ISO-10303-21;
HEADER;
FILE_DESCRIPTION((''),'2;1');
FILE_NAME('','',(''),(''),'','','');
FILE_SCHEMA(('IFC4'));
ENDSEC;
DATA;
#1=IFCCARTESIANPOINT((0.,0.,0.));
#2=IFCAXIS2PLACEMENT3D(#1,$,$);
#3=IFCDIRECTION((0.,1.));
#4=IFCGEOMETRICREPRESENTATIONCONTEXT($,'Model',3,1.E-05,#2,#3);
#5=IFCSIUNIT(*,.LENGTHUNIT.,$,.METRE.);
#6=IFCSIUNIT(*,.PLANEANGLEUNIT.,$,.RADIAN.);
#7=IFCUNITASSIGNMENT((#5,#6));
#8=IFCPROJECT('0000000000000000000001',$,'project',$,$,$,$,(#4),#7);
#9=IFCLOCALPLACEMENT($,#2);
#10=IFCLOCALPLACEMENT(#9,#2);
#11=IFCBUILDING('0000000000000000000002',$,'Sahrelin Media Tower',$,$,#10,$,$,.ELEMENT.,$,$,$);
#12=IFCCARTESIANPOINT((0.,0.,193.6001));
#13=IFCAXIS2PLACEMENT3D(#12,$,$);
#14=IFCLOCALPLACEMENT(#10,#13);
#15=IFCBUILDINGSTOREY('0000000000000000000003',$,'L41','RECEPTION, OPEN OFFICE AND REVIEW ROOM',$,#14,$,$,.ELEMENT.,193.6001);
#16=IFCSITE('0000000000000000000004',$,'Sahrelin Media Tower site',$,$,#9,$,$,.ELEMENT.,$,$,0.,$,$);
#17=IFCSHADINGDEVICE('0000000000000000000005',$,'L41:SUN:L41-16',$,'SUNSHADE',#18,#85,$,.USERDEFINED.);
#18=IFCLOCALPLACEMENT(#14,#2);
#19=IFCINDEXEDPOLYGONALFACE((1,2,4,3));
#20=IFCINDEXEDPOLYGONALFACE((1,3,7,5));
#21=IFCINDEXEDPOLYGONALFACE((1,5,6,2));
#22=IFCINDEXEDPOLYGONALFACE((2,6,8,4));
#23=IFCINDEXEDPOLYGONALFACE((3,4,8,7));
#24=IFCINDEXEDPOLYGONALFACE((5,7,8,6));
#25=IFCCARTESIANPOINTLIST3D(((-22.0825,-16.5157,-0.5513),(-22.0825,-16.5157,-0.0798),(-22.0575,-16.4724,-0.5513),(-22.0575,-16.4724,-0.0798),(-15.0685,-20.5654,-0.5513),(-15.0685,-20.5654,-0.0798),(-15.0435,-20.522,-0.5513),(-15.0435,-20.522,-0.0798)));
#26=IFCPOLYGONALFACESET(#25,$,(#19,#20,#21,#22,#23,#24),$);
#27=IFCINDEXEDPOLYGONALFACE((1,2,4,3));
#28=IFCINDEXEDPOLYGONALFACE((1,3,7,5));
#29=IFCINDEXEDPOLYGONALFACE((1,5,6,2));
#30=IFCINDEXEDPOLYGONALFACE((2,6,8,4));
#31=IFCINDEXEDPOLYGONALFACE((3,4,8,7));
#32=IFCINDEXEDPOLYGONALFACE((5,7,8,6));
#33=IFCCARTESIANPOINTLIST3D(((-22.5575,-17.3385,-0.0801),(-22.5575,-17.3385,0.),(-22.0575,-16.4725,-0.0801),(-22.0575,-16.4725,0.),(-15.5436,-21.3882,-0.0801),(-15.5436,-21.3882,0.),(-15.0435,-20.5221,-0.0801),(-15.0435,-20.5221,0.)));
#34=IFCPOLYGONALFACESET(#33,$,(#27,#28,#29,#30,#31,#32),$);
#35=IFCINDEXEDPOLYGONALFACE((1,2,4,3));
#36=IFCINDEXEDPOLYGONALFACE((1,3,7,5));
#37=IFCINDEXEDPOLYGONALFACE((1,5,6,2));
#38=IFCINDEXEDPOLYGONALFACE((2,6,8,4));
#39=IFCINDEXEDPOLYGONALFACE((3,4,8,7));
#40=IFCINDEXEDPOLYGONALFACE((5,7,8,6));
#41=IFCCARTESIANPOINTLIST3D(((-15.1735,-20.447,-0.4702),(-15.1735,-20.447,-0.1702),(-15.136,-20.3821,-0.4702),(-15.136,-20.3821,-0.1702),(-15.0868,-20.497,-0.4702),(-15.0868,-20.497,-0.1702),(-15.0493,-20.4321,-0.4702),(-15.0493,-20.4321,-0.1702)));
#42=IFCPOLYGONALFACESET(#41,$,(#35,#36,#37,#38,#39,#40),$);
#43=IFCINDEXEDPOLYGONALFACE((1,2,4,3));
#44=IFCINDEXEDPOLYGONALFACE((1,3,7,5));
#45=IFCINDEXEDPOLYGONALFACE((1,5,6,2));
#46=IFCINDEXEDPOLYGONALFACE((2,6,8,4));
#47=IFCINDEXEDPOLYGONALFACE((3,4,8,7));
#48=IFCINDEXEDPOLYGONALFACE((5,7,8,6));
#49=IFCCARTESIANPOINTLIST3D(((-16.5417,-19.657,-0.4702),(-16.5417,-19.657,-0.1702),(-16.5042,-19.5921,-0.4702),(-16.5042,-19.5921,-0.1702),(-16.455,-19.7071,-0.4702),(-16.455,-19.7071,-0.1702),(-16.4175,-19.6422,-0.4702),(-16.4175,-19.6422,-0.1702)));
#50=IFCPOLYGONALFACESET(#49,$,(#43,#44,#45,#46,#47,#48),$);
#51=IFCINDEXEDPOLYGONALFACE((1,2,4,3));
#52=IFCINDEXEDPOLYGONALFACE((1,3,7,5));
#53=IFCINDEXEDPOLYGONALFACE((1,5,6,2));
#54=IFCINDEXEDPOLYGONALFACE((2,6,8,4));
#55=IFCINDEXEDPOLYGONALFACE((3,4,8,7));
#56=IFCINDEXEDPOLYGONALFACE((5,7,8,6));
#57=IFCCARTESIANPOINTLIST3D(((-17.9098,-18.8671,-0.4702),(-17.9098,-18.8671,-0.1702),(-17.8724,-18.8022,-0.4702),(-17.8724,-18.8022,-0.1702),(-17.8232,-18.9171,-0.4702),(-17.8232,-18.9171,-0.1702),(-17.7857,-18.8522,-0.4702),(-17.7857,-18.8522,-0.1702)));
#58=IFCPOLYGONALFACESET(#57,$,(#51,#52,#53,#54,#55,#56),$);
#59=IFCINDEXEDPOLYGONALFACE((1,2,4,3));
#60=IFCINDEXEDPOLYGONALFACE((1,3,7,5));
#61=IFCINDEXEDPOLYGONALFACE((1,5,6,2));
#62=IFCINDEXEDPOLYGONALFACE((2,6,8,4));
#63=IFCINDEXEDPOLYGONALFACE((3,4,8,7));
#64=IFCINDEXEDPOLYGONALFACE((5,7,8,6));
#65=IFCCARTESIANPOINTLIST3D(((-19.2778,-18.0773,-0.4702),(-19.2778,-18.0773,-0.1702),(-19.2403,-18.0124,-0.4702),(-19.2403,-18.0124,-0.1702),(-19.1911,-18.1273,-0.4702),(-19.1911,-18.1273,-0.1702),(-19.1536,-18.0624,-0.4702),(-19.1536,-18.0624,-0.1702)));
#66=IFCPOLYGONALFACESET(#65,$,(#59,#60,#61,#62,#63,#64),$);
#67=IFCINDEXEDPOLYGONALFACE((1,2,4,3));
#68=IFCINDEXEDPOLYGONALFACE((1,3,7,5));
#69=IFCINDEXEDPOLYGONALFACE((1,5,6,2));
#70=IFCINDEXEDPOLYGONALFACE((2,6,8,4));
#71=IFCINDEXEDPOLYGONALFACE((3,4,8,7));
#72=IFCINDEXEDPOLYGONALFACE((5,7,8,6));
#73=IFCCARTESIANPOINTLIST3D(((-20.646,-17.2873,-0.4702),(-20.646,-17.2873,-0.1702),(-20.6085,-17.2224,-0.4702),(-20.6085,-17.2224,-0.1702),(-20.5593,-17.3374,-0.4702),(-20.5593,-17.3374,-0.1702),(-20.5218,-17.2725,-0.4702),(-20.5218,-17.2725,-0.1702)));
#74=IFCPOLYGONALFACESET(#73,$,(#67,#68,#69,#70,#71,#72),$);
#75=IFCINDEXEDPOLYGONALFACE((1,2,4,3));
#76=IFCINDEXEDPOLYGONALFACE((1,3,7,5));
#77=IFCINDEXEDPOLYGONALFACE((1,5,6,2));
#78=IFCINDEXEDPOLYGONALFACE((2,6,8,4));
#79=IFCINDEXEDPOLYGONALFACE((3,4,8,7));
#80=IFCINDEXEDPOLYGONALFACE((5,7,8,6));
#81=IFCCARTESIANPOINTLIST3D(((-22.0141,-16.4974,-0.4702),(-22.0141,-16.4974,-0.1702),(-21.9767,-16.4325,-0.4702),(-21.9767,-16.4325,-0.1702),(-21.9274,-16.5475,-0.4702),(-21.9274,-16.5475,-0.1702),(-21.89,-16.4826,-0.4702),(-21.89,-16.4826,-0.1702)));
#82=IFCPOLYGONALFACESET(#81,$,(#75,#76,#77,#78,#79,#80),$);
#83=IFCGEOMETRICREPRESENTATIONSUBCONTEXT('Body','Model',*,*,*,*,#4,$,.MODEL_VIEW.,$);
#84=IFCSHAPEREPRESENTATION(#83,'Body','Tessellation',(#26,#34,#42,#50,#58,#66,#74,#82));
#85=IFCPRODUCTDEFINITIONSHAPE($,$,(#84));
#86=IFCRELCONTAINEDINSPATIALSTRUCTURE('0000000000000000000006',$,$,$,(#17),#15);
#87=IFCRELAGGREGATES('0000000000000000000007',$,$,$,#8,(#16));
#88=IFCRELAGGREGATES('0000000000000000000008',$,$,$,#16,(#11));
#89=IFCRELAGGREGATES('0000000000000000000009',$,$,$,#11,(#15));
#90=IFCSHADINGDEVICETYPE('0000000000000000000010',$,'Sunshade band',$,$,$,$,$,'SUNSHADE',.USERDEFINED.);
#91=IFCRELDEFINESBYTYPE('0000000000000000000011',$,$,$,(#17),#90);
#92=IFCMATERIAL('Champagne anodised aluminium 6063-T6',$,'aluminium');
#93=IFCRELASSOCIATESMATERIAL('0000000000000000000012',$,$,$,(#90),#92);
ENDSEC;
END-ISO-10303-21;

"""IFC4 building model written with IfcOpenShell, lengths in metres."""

from ifc_helpers import new_model, si_unit, direction, frame, origin, origin_2d, place, context, subcontext, project, spatial, rectangle, extrude, material, type_object, element, save


model = new_model("IFC4")

# Units and contexts
model_context = context("Model", 3, precision=1e-05, world=origin(), true_north=direction((0.0, 1.0)))
body_context = subcontext(model_context, "Body", "Model", "MODEL_VIEW")
ifc_project = project(units=[si_unit("LENGTHUNIT", "METRE"), si_unit("PLANEANGLEUNIT", "RADIAN")], contexts=[model_context])

# Site, building, storey
site_placement = place(None, origin())
site = spatial("IfcSite", under=ifc_project, at=site_placement, Name="Sahrelin Media Tower site", CompositionType="ELEMENT", RefElevation=0.0)
building_placement = place(site_placement, origin())
building = spatial("IfcBuilding", under=site, at=building_placement, Name="Sahrelin Media Tower", CompositionType="ELEMENT")
storey_placement = place(building_placement, frame((0.0, 0.0, 193.6001)))
storey = spatial("IfcBuildingStorey", under=building, at=storey_placement, Name="L41", Description="RECEPTION, OPEN OFFICE AND REVIEW ROOM", CompositionType="ELEMENT", Elevation=193.6001)

# Shared definitions
ifc_material_1 = material(Name="Champagne anodised aluminium 6063-T6", Category="aluminium")

# Shading device
placement_1 = place(storey_placement, frame((-18.5405, -18.48, 0.0), z_axis=(0.0, 0.0, 1.0), x_axis=(-0.866019, 0.500011, 0.0)))
shading_device_type_1 = type_object("IfcShadingDeviceType", Name="Sunshade band", ElementType="SUNSHADE", PredefinedType="USERDEFINED", material=ifc_material_1)
element("IfcShadingDevice", 1, at=placement_1, inside=storey, type_object=shading_device_type_1, Name="L41:SUN:L41-16", ObjectType="SUNSHADE", PredefinedType="USERDEFINED", context=body_context, shape_type="SweptSolid", body=[
    extrude(rectangle(XDim=8.0991, YDim=0.05, at=origin_2d()), frame((0.0, 0.0449, -0.5513)), (0.0, 0.0, 1.0), 0.4714),
    extrude(rectangle(XDim=8.0991, YDim=1.0, at=origin_2d()), frame((0.0, 0.52, -0.0801)), (0.0, 0.0, 1.0), 0.0801),
    extrude(rectangle(XDim=0.1001, YDim=0.075, at=origin_2d()), frame((-3.9495, -0.0176, -0.4702)), (0.0, 0.0, 1.0), 0.3),
    extrude(rectangle(XDim=0.1001, YDim=0.075, at=origin_2d()), frame((-2.3696, -0.0176, -0.4702)), (0.0, 0.0, 1.0), 0.3),
    extrude(rectangle(XDim=0.1001, YDim=0.075, at=origin_2d()), frame((-0.7898, -0.0176, -0.4702)), (0.0, 0.0, 1.0), 0.3),
    extrude(rectangle(XDim=0.1001, YDim=0.075, at=origin_2d()), frame((0.7898, -0.0176, -0.4702)), (0.0, 0.0, 1.0), 0.3),
    extrude(rectangle(XDim=0.1001, YDim=0.075, at=origin_2d()), frame((2.3696, -0.0176, -0.4702)), (0.0, 0.0, 1.0), 0.3),
    extrude(rectangle(XDim=0.1001, YDim=0.075, at=origin_2d()), frame((3.9495, -0.0176, -0.4702)), (0.0, 0.0, 1.0), 0.3),
])

save(model, "model.ifc")
